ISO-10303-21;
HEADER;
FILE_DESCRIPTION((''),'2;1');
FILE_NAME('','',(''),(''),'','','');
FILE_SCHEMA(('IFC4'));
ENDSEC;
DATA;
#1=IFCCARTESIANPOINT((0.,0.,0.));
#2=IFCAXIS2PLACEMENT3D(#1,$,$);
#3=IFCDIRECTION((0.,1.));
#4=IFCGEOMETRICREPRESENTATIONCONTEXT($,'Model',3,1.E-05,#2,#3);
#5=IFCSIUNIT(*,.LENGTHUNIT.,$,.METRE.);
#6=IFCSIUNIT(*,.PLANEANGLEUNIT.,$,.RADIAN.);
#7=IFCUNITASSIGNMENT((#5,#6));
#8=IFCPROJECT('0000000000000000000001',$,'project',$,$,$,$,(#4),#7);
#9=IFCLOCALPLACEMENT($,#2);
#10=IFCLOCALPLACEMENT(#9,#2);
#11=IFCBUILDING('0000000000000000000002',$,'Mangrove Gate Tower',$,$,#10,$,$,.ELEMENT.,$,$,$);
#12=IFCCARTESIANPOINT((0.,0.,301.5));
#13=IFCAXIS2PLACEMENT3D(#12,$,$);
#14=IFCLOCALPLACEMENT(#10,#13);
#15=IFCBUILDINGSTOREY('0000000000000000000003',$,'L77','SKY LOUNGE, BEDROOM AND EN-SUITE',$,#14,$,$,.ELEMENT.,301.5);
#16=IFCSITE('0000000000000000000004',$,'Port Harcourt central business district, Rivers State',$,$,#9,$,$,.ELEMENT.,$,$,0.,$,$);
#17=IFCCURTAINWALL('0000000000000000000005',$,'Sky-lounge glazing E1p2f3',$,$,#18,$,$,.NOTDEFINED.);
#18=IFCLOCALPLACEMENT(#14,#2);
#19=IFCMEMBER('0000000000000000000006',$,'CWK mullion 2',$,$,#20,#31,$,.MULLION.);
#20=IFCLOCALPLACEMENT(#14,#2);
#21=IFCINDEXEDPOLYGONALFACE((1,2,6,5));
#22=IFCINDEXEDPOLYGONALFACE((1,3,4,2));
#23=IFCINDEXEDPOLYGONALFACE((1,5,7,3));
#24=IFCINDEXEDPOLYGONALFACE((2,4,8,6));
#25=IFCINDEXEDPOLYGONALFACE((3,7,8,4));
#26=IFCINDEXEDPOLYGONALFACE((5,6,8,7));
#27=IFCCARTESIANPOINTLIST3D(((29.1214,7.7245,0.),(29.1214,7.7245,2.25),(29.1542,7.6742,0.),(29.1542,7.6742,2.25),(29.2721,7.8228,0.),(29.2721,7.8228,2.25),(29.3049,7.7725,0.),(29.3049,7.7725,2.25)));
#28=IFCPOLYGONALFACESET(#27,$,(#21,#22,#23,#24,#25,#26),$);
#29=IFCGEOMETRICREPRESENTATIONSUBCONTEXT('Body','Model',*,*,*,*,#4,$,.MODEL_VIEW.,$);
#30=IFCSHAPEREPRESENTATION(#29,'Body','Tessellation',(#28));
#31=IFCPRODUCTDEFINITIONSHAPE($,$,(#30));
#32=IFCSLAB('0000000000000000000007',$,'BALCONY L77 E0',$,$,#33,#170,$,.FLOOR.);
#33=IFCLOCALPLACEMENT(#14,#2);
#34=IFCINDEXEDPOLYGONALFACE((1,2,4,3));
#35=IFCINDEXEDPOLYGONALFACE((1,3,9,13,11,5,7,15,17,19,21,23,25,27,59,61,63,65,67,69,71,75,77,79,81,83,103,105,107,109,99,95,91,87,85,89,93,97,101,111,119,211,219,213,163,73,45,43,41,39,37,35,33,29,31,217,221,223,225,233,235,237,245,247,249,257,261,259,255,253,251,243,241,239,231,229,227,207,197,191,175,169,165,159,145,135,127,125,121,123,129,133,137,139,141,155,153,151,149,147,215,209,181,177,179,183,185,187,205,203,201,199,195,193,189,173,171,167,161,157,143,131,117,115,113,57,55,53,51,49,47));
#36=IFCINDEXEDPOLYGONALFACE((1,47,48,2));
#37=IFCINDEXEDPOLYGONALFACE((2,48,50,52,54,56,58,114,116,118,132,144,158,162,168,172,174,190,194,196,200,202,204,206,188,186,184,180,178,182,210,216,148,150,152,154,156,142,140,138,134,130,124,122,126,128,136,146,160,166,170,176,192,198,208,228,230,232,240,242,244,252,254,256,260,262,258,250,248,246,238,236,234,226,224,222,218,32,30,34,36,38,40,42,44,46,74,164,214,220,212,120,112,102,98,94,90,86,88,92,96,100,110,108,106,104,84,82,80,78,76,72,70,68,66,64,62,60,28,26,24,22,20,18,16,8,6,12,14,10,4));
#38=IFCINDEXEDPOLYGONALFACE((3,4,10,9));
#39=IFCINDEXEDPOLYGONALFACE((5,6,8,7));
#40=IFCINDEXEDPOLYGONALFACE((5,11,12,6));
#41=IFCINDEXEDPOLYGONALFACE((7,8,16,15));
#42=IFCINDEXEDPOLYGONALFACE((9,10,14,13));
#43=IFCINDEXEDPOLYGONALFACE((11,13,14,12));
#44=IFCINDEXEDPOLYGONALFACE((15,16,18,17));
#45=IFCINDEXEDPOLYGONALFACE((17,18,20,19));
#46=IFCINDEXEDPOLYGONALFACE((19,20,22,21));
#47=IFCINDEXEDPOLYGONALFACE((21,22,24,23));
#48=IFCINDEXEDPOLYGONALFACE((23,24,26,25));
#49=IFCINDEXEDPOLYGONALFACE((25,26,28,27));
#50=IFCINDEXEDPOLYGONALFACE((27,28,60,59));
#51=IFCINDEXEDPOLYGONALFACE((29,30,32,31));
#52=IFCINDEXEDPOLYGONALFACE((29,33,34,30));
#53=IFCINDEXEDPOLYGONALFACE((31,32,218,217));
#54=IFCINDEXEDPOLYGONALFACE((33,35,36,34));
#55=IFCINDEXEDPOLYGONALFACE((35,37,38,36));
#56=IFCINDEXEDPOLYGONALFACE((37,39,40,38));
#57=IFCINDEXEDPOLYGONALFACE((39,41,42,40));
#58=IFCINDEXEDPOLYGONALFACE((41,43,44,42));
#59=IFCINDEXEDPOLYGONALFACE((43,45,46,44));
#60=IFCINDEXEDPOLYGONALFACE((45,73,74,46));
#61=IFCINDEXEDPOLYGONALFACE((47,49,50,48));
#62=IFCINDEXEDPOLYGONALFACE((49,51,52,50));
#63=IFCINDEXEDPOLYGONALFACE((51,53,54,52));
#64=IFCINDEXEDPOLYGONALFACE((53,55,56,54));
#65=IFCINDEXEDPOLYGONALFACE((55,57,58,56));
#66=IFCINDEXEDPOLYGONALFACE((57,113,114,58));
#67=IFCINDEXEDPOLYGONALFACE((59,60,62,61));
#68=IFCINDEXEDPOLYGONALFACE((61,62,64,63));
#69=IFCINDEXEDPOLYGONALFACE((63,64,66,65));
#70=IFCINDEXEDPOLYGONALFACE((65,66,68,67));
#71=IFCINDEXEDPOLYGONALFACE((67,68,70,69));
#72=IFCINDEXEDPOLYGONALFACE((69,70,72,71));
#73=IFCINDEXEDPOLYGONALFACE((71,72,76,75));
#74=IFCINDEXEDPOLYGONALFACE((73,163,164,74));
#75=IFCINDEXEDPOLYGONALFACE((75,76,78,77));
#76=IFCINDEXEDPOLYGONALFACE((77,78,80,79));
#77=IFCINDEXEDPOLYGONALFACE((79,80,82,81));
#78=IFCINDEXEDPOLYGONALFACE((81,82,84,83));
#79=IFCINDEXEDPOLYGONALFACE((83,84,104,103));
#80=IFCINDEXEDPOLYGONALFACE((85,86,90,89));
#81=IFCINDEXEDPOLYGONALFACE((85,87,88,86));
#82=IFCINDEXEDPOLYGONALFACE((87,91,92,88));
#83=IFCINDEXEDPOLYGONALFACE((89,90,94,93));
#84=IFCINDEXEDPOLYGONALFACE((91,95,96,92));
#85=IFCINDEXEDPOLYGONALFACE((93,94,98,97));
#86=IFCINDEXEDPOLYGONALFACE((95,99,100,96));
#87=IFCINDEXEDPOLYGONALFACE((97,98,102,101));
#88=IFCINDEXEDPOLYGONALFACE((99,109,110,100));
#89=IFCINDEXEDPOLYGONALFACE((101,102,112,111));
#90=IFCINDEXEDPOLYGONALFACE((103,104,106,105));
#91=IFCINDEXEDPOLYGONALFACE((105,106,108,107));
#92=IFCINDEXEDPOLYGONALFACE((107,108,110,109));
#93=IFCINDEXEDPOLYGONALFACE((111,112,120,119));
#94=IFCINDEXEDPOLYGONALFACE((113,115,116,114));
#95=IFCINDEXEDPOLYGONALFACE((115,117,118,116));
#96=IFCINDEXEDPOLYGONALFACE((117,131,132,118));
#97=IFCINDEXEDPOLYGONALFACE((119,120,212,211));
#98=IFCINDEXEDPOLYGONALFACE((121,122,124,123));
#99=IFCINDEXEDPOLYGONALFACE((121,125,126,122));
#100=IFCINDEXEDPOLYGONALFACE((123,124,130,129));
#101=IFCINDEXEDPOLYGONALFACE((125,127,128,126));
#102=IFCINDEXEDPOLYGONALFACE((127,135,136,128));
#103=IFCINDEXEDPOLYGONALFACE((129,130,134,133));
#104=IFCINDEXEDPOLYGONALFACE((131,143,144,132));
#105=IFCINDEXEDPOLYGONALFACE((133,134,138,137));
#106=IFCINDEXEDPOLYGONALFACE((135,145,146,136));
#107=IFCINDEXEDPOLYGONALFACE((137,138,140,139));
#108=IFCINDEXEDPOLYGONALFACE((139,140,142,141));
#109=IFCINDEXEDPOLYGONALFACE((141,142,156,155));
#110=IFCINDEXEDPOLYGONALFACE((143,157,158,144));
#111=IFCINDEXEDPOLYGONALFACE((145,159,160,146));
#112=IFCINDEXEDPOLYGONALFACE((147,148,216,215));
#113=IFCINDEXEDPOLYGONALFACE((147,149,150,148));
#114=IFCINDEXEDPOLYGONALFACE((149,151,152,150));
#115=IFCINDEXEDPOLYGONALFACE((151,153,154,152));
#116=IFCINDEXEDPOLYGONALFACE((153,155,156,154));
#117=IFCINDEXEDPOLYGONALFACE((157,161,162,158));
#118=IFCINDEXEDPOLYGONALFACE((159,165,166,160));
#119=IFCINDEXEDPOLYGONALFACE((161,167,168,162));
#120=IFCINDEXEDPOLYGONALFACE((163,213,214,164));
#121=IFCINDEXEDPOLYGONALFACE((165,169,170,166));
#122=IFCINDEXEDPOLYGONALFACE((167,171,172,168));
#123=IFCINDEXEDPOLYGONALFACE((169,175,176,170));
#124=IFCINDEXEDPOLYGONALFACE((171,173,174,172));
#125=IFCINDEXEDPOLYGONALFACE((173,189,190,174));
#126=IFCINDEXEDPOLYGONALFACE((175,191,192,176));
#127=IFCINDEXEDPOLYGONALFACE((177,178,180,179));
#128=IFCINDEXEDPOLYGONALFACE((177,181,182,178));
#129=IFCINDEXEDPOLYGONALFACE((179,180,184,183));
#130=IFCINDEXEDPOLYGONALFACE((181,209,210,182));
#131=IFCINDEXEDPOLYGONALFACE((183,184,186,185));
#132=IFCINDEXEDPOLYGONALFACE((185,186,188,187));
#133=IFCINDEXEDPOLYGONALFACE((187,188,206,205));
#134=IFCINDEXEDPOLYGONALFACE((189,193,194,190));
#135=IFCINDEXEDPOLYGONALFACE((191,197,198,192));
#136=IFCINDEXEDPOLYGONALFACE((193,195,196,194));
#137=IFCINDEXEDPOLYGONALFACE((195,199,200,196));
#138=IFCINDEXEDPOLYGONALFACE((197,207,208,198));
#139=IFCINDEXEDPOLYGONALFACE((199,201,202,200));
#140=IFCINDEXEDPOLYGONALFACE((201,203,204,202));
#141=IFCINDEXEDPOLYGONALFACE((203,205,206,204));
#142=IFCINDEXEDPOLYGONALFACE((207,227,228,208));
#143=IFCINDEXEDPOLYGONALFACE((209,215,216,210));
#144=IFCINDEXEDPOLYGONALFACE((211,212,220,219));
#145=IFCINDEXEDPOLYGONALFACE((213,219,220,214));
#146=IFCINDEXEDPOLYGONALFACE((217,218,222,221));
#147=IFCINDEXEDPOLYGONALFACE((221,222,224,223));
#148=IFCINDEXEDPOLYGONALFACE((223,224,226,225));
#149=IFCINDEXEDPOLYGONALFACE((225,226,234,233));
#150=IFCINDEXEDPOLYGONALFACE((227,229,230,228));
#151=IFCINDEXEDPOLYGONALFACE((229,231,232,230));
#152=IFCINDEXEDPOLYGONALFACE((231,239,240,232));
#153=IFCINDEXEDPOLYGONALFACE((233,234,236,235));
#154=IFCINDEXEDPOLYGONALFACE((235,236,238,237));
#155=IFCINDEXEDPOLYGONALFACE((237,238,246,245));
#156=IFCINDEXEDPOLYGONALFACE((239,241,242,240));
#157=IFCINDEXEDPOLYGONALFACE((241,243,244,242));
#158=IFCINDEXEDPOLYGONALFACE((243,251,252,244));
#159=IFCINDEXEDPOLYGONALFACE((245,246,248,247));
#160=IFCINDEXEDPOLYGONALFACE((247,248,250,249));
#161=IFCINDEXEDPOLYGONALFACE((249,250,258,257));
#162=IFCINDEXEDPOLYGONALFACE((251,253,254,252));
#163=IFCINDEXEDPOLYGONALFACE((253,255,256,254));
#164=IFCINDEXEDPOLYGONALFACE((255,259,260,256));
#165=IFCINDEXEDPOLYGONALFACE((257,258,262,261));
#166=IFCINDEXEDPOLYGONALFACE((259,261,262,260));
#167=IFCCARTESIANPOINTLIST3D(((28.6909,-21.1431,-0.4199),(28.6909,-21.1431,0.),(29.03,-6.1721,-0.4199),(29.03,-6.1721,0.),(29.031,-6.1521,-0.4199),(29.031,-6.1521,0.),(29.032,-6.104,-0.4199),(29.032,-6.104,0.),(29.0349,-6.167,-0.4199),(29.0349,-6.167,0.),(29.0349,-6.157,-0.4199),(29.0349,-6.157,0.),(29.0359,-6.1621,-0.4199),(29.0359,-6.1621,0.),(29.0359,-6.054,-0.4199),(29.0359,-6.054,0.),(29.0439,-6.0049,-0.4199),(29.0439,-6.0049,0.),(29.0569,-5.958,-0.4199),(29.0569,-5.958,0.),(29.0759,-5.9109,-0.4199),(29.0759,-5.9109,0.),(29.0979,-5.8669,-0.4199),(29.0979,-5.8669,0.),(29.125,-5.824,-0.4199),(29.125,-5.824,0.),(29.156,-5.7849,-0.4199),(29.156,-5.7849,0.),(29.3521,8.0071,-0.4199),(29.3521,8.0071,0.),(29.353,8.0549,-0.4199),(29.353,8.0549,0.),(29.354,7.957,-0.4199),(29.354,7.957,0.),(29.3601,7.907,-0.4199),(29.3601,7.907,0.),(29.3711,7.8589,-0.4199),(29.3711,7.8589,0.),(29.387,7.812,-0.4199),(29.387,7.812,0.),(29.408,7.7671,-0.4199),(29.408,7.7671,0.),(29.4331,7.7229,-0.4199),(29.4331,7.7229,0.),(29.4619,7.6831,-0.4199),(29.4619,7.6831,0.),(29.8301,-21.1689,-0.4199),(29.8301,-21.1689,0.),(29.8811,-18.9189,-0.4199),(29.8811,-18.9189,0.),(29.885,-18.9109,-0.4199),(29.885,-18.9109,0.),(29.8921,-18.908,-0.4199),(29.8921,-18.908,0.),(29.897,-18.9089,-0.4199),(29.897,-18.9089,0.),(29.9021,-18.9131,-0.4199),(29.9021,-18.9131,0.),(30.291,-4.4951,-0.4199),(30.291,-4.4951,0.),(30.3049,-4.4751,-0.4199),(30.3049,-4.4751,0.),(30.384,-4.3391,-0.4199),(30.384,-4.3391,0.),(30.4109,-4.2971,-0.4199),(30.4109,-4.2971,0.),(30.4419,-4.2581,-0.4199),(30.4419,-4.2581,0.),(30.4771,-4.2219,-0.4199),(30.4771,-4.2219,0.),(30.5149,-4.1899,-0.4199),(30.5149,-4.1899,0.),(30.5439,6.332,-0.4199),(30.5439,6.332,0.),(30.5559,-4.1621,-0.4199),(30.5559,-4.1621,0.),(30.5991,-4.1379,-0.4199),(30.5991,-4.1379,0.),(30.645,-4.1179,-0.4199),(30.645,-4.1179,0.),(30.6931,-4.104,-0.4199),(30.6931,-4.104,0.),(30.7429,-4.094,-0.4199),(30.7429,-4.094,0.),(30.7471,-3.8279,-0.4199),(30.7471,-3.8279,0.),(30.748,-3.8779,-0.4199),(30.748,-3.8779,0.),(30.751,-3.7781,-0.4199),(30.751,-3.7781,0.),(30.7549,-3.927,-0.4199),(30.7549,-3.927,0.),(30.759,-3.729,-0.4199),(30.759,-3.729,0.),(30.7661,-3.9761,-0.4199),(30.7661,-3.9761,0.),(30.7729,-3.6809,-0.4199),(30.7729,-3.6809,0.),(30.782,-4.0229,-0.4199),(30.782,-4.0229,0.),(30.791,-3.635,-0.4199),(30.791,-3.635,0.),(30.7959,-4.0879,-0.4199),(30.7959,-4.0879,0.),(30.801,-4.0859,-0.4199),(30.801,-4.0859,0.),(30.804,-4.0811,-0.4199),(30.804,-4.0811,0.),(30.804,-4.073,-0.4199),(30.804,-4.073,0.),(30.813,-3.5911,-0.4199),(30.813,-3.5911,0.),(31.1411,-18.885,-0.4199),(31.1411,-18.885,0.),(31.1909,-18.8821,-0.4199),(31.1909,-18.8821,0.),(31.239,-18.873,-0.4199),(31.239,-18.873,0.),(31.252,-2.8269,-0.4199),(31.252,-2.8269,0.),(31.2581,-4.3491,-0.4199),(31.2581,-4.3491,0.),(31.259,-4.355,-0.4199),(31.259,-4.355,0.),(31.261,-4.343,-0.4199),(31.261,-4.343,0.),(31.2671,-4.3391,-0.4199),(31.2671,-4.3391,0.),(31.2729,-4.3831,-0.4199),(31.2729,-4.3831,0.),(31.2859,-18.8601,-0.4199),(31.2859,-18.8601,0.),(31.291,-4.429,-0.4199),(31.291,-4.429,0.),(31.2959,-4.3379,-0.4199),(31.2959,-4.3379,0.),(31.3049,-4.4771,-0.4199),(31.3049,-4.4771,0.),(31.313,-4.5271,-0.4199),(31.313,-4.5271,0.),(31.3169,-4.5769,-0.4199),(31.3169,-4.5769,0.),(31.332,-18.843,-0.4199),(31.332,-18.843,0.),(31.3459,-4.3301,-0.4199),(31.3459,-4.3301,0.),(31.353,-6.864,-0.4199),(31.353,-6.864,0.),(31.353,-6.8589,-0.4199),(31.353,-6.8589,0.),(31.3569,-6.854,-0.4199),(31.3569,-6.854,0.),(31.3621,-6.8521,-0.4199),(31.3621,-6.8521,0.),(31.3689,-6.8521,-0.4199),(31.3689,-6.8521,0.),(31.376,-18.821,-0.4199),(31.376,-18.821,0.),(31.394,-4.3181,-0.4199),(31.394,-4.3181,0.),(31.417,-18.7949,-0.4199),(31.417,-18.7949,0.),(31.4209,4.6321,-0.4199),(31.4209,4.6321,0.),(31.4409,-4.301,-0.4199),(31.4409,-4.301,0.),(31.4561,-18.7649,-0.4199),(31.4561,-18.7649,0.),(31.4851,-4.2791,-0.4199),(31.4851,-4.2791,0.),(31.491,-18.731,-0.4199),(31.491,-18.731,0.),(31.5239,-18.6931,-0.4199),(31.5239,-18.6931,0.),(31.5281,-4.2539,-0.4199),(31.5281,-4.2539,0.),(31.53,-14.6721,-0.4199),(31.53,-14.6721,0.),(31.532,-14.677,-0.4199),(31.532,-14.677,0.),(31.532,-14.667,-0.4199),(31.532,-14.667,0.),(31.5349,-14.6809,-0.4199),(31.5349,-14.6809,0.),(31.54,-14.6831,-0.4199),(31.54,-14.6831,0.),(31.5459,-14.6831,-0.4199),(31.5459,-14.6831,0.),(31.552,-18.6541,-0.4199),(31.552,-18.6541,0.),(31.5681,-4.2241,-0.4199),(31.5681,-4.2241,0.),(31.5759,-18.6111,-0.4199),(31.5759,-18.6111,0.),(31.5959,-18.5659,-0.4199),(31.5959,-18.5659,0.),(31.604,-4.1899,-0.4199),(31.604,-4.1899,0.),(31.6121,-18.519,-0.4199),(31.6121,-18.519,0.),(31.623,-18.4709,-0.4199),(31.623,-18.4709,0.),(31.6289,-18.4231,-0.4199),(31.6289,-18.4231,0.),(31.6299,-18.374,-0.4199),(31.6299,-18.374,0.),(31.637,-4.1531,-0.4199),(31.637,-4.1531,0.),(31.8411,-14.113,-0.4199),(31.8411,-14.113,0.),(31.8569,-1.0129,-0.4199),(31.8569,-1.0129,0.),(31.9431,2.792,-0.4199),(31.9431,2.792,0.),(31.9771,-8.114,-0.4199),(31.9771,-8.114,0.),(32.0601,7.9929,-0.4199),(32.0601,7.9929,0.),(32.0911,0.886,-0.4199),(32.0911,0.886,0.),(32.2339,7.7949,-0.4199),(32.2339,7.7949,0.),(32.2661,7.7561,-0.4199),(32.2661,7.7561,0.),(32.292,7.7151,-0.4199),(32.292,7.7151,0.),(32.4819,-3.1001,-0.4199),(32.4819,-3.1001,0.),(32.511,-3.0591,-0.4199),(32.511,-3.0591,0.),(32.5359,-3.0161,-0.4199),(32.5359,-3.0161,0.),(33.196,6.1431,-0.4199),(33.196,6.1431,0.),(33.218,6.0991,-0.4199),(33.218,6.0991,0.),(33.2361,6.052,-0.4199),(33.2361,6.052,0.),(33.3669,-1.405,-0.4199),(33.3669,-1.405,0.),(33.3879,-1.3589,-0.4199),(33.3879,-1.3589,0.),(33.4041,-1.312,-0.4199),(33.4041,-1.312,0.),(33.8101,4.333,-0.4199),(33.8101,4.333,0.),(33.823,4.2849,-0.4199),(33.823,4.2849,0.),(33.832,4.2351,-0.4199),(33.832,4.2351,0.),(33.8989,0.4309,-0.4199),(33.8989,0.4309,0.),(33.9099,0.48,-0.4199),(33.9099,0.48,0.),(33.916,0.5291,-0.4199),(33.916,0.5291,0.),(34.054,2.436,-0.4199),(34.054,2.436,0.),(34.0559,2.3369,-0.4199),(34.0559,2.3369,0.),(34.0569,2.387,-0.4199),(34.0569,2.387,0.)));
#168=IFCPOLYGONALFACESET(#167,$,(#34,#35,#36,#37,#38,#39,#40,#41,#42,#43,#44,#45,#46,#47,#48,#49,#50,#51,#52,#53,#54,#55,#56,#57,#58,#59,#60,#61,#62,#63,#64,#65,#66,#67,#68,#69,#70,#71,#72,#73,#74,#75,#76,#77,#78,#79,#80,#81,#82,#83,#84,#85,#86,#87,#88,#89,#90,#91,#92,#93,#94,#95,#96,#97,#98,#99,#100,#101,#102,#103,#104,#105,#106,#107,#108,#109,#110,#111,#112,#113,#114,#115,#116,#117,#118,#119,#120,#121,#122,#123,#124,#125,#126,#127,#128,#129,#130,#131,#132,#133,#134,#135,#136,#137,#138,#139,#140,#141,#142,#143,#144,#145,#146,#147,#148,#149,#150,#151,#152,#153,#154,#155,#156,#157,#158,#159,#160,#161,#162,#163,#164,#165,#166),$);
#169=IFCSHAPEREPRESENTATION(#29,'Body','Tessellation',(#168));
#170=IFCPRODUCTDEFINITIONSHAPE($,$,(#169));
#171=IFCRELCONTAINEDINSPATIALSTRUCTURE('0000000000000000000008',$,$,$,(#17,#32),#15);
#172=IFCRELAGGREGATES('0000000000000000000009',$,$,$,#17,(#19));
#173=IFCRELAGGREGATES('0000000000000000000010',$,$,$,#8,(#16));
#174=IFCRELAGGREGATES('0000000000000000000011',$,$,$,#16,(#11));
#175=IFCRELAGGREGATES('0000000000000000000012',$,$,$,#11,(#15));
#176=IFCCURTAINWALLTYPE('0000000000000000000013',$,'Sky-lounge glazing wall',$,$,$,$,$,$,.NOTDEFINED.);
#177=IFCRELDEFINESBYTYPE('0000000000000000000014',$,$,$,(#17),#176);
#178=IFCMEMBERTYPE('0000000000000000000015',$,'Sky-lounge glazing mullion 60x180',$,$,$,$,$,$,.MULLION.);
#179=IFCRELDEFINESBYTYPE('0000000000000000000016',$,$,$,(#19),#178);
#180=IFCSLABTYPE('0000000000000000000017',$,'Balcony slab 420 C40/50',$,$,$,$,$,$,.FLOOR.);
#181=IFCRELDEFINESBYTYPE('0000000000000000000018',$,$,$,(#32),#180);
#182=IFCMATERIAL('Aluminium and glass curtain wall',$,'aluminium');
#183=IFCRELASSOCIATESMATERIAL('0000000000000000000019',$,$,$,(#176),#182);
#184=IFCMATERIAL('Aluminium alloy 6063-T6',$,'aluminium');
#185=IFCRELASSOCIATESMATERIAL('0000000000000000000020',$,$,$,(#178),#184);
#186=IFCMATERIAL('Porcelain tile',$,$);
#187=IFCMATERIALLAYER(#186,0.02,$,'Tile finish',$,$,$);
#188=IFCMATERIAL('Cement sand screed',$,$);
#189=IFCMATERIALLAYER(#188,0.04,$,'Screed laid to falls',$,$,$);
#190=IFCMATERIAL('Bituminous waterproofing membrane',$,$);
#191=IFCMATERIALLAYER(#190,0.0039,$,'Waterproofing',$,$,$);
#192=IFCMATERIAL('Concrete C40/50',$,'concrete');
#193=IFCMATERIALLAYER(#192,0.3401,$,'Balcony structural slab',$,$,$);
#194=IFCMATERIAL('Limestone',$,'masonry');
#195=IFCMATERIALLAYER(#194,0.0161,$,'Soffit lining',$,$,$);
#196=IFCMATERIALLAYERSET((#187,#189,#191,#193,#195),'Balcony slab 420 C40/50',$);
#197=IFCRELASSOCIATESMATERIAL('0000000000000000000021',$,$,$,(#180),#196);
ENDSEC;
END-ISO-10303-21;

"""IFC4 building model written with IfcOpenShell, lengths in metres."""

from ifc_helpers import new_model, si_unit, direction, frame, origin, origin_2d, place, context, subcontext, project, spatial, polyline, rectangle, outline, extrude, material, layer, layer_set, material_profile, profile_set, type_object, element, aggregate, save


model = new_model("IFC4")

# Units and contexts
model_context = context("Model", 3, precision=1e-05, world=origin(), true_north=direction((0.0, 1.0)))
body_context = subcontext(model_context, "Body", "Model", "MODEL_VIEW")
ifc_project = project(units=[si_unit("LENGTHUNIT", "METRE"), si_unit("PLANEANGLEUNIT", "RADIAN")], contexts=[model_context])

# Site, building, storey
site_placement = place(None, origin())
site = spatial("IfcSite", under=ifc_project, at=site_placement, Name="Port Harcourt central business district, Rivers State", CompositionType="ELEMENT", RefElevation=0.0)
building_placement = place(site_placement, origin())
building = spatial("IfcBuilding", under=site, at=building_placement, Name="Mangrove Gate Tower", CompositionType="ELEMENT")
storey_placement = place(building_placement, frame((0.0, 0.0, 301.5)))
storey = spatial("IfcBuildingStorey", under=building, at=storey_placement, Name="L77", Description="SKY LOUNGE, BEDROOM AND EN-SUITE", CompositionType="ELEMENT", Elevation=301.5)

# Curtain wall, member
ifc_material_1 = material(Name="Aluminium and glass curtain wall", Category="aluminium")
curtain_wall_type = type_object("IfcCurtainWallType", Name="Sky-lounge glazing wall", PredefinedType="NOTDEFINED", material=ifc_material_1)
curtain_wall_placement = place(storey_placement, origin())
curtain_wall = element("IfcCurtainWall", 1, at=curtain_wall_placement, inside=storey, type_object=curtain_wall_type, Name="Sky-lounge glazing E1p2f3", PredefinedType="NOTDEFINED")
ifc_material_2 = material(Name="Aluminium alloy 6063-T6", Category="aluminium")
ifc_material_profile = material_profile(ifc_material_2, rectangle(XDim=0.0601, YDim=0.1799, at=origin_2d()))
ifc_profile_set = profile_set([ifc_material_profile], Name="Aluminium alloy 6063-T6")
member_type = type_object("IfcMemberType", Name="Sky-lounge glazing mullion 60x180", PredefinedType="MULLION", material=ifc_profile_set)
member_placement = place(storey_placement, frame((29.2131, 7.7485, 0.0), z_axis=(0.0, 0.0, 1.0), x_axis=(-0.546235, 0.837632, 0.0)))
member = element("IfcMember", 2, at=member_placement, type_object=member_type, Name="CWK mullion 2", PredefinedType="MULLION", context=body_context, shape_type="SweptSolid", body=[
    extrude(rectangle(XDim=0.0601, YDim=0.1799, at=origin_2d()), origin(), (0.0, 0.0, 1.0), 2.25),
])
aggregate(curtain_wall, [member])

# Slab
ifc_material_3 = material(Name="Porcelain tile")
ifc_layer_1 = layer(ifc_material_3, 0.02, Name="Tile finish")
ifc_material_4 = material(Name="Cement sand screed")
ifc_layer_2 = layer(ifc_material_4, 0.04, Name="Screed laid to falls")
ifc_material_5 = material(Name="Bituminous waterproofing membrane")
ifc_layer_3 = layer(ifc_material_5, 0.0039, Name="Waterproofing")
ifc_material_6 = material(Name="Concrete C40/50", Category="concrete")
ifc_layer_4 = layer(ifc_material_6, 0.3401, Name="Balcony structural slab")
ifc_material_7 = material(Name="Limestone", Category="masonry")
ifc_layer_5 = layer(ifc_material_7, 0.0161, Name="Soffit lining")
ifc_layer_set_1 = layer_set([ifc_layer_1, ifc_layer_2, ifc_layer_3, ifc_layer_4, ifc_layer_5], Name="Balcony slab 420 C40/50")
slab_type_1 = type_object("IfcSlabType", Name="Balcony slab 420 C40/50", PredefinedType="FLOOR", material=ifc_layer_set_1)
slab_1_placement = place(storey_placement, frame((0.0, 0.0, -0.4199)))
element("IfcSlab", 3, at=slab_1_placement, inside=storey, type_object=slab_type_1, Name="BALCONY L77 E0", PredefinedType="FLOOR", context=body_context, shape_type="SweptSolid", body=[
    extrude(outline(polyline([(29.8301, -21.1689), (29.8811, -18.9189), (29.885, -18.9109), (29.8921, -18.908), (29.897, -18.9089), (29.9021, -18.9131), (31.1411, -18.885), (31.1909, -18.8821), (31.239, -18.873), (31.2859, -18.8601), (31.332, -18.843), (31.376, -18.821), (31.417, -18.7949), (31.4561, -18.7649), (31.491, -18.731), (31.5239, -18.6931), (31.552, -18.6541), (31.5759, -18.6111), (31.5959, -18.5659), (31.6121, -18.519), (31.623, -18.4709), (31.6289, -18.4231), (31.6299, -18.374), (31.5459, -14.6831), (31.54, -14.6831), (31.5349, -14.6809), (31.532, -14.677), (31.53, -14.6721), (31.532, -14.667), (31.8411, -14.113), (31.9771, -8.114), (31.353, -6.864), (31.353, -6.8589), (31.3569, -6.854), (31.3621, -6.8521), (31.3689, -6.8521), (31.3169, -4.5769), (31.313, -4.5271), (31.3049, -4.4771), (31.291, -4.429), (31.2729, -4.3831), (31.259, -4.355), (31.2581, -4.3491), (31.261, -4.343), (31.2671, -4.3391), (31.2959, -4.3379), (31.3459, -4.3301), (31.394, -4.3181), (31.4409, -4.301), (31.4851, -4.2791), (31.5281, -4.2539), (31.5681, -4.2241), (31.604, -4.1899), (31.637, -4.1531), (32.4819, -3.1001), (32.511, -3.0591), (32.5359, -3.0161), (33.3669, -1.405), (33.3879, -1.3589), (33.4041, -1.312), (33.8989, 0.4309), (33.9099, 0.48), (33.916, 0.5291), (34.0559, 2.3369), (34.0569, 2.387), (34.054, 2.436), (33.832, 4.2351), (33.823, 4.2849), (33.8101, 4.333), (33.2361, 6.052), (33.218, 6.0991), (33.196, 6.1431), (32.292, 7.7151), (32.2661, 7.7561), (32.2339, 7.7949), (32.0601, 7.9929), (29.353, 8.0549), (29.3521, 8.0071), (29.354, 7.957), (29.3601, 7.907), (29.3711, 7.8589), (29.387, 7.812), (29.408, 7.7671), (29.4331, 7.7229), (29.4619, 7.6831), (30.5439, 6.332), (31.4209, 4.6321), (31.9431, 2.792), (32.0911, 0.886), (31.8569, -1.0129), (31.252, -2.8269), (30.813, -3.5911), (30.791, -3.635), (30.7729, -3.6809), (30.759, -3.729), (30.751, -3.7781), (30.7471, -3.8279), (30.748, -3.8779), (30.7549, -3.927), (30.7661, -3.9761), (30.782, -4.0229), (30.804, -4.073), (30.804, -4.0811), (30.801, -4.0859), (30.7959, -4.0879), (30.7429, -4.094), (30.6931, -4.104), (30.645, -4.1179), (30.5991, -4.1379), (30.5559, -4.1621), (30.5149, -4.1899), (30.4771, -4.2219), (30.4419, -4.2581), (30.4109, -4.2971), (30.384, -4.3391), (30.3049, -4.4751), (30.291, -4.4951), (29.156, -5.7849), (29.125, -5.824), (29.0979, -5.8669), (29.0759, -5.9109), (29.0569, -5.958), (29.0439, -6.0049), (29.0359, -6.054), (29.032, -6.104), (29.031, -6.1521), (29.0349, -6.157), (29.0359, -6.1621), (29.0349, -6.167), (29.03, -6.1721), (28.6909, -21.1431), (29.8301, -21.1689)])), origin(), (0.0, 0.0, 1.0), 0.4199),
])

save(model, "model.ifc")
